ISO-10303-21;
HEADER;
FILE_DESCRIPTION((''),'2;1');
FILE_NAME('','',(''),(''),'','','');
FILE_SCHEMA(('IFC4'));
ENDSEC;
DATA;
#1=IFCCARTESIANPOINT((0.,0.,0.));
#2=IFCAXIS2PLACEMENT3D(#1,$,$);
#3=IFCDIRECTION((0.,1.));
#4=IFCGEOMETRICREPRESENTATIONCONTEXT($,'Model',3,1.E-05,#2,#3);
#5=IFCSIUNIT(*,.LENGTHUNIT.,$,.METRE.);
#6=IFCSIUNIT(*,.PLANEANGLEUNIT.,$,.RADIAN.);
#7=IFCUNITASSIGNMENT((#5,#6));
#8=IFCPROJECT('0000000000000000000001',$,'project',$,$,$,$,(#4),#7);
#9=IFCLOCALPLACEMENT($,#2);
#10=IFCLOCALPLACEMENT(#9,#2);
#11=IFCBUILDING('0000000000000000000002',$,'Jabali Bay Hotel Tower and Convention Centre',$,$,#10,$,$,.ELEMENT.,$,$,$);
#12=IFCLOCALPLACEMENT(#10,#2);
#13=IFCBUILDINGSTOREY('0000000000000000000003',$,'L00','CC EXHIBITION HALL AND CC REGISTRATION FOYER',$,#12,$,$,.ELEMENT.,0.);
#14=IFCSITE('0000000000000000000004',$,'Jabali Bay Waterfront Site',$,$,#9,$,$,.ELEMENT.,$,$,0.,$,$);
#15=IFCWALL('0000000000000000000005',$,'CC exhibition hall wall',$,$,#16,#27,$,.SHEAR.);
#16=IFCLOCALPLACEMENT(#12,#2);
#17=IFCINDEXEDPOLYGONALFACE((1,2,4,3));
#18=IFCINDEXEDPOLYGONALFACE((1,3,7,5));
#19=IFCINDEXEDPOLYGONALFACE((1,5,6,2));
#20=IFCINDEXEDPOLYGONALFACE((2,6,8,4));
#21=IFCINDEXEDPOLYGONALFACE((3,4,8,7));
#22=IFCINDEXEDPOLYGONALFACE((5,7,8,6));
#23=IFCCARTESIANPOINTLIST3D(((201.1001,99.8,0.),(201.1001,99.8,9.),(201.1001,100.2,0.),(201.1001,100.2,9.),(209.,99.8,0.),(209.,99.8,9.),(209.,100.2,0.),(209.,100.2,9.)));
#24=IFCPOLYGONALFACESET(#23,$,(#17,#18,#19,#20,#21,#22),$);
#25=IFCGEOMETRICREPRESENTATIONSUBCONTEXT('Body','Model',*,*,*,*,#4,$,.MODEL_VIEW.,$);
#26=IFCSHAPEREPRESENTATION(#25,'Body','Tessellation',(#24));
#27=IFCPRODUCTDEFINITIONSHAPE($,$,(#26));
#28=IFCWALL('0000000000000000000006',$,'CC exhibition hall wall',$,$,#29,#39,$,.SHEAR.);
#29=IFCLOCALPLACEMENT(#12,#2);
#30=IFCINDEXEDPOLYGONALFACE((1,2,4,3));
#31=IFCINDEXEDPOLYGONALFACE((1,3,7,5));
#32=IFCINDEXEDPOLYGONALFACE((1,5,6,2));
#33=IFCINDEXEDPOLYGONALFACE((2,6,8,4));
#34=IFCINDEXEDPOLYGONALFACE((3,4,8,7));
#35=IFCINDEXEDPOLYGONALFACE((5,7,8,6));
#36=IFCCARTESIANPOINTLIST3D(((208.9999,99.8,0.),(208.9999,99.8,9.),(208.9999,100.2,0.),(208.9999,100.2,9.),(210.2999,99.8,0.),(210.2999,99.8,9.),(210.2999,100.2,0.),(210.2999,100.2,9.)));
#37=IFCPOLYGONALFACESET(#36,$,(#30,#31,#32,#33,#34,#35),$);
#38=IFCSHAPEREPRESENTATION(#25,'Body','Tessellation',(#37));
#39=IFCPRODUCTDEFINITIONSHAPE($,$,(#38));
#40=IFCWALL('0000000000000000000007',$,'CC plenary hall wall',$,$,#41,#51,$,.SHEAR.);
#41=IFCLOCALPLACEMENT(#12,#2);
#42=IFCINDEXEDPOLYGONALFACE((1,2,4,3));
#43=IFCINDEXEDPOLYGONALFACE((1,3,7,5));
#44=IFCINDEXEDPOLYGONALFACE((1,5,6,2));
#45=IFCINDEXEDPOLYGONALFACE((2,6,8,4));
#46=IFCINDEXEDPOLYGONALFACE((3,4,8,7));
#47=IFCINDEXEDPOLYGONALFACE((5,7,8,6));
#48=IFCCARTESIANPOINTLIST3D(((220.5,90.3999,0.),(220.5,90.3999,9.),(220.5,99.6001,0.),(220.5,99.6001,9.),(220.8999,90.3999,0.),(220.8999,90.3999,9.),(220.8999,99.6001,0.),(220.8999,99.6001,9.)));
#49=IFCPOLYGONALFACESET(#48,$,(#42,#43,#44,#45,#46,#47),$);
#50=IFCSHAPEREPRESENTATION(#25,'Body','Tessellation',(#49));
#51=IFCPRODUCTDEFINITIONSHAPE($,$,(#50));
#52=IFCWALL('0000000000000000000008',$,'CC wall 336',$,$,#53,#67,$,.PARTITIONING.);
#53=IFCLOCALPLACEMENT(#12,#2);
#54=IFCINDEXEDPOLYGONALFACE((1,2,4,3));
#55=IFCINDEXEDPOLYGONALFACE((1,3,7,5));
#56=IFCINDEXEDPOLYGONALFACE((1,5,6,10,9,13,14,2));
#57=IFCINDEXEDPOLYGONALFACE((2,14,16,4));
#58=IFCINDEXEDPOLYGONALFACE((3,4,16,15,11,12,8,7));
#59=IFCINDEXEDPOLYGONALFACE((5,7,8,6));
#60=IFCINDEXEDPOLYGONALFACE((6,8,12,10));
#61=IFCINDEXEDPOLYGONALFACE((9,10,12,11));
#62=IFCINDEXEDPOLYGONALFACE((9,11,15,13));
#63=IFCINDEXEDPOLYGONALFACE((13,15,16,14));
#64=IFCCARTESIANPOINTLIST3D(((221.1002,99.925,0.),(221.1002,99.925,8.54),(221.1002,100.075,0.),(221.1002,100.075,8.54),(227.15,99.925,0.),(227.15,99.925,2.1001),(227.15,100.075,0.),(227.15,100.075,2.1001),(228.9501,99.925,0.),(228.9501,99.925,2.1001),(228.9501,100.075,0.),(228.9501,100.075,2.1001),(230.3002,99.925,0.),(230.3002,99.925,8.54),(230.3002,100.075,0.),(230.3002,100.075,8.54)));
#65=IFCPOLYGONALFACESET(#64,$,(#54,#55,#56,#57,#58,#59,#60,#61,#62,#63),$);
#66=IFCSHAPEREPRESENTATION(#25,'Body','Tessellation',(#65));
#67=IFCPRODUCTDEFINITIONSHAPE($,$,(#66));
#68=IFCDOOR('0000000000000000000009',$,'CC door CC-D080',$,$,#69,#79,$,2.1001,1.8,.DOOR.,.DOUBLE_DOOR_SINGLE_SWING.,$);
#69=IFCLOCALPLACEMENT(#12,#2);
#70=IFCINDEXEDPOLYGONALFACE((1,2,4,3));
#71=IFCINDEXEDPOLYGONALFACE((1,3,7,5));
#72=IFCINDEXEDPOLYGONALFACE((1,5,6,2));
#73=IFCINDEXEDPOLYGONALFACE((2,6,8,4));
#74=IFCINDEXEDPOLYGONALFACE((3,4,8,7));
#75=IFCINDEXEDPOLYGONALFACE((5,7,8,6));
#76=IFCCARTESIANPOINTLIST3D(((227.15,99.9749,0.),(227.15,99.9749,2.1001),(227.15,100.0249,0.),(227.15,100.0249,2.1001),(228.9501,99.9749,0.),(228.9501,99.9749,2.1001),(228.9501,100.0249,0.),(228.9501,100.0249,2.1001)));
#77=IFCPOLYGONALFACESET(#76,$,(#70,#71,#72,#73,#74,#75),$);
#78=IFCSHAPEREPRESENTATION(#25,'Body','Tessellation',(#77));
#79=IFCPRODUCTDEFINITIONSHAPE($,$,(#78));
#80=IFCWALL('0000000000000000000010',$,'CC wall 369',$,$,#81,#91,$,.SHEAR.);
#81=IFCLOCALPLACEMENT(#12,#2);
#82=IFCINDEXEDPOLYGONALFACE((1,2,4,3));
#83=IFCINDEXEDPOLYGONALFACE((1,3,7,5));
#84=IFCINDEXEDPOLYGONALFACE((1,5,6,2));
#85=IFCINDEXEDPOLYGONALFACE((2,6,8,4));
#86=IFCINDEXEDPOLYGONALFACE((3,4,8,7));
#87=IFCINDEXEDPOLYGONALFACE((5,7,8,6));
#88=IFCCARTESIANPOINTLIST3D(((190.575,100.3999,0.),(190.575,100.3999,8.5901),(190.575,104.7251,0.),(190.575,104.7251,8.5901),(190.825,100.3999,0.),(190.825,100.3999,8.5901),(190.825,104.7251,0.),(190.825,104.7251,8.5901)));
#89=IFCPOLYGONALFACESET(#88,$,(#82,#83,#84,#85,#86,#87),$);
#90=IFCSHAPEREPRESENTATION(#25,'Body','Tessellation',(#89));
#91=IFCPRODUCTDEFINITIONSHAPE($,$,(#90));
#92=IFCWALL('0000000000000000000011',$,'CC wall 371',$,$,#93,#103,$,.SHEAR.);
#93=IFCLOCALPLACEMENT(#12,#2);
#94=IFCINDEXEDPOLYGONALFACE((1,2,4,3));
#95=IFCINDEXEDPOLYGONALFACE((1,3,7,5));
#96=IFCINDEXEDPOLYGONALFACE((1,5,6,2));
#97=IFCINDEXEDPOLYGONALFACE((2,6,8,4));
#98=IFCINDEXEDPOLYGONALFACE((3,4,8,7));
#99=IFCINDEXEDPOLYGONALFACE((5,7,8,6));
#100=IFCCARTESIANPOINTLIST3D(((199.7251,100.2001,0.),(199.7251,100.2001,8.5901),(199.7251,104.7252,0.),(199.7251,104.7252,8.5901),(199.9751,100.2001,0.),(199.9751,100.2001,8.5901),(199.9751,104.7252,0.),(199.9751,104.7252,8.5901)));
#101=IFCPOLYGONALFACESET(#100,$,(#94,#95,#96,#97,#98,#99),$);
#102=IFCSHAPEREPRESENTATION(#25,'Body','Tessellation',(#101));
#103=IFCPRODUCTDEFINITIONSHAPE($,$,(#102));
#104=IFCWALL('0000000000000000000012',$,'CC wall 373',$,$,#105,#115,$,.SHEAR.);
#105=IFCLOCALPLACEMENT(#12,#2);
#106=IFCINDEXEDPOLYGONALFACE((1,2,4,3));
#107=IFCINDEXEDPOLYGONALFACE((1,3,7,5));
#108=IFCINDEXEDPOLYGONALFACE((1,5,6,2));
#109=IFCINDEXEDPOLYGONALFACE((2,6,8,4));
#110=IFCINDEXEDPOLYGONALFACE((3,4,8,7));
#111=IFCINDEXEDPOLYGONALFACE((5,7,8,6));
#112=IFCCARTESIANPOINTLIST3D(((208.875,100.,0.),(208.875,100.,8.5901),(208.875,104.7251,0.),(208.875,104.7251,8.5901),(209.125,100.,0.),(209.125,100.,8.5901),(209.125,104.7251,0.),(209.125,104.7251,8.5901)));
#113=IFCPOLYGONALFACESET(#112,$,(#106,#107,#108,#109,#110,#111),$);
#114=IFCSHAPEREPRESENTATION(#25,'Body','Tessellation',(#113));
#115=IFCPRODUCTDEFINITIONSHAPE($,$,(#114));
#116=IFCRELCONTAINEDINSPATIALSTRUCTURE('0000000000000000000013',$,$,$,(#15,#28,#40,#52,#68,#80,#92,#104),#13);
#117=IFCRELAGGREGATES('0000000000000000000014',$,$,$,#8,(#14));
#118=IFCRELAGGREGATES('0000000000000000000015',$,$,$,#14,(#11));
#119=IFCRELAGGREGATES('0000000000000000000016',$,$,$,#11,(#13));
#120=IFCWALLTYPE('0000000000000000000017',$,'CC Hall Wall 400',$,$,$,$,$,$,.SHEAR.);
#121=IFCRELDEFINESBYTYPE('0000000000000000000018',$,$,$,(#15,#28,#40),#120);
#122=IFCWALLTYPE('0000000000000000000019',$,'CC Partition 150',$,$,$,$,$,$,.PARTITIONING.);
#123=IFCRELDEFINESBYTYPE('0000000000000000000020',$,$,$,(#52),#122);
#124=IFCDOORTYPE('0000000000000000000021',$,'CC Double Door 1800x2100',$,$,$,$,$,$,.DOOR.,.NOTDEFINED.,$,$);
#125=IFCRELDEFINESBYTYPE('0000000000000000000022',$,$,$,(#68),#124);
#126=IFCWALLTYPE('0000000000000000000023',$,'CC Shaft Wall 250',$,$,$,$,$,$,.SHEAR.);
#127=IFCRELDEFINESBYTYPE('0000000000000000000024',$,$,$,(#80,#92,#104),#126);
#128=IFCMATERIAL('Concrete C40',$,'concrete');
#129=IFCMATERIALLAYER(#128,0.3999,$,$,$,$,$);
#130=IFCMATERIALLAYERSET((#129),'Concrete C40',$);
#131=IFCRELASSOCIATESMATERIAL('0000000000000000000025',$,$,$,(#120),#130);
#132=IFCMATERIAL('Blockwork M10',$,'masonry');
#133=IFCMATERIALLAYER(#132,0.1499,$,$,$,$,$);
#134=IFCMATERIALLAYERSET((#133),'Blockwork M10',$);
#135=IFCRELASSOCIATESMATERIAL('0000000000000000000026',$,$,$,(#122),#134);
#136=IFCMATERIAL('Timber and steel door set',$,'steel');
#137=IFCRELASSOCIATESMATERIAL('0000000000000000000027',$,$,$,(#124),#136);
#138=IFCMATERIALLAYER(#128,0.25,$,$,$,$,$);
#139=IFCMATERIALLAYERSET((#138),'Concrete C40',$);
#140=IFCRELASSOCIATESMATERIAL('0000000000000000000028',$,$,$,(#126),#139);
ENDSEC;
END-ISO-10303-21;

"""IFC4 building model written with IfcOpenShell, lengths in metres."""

from ifc_helpers import new_model, si_unit, direction, frame, frame_2d, origin, place, context, subcontext, project, spatial, rectangle, extrude, material, layer, layer_set, type_object, element, fill, save


model = new_model("IFC4")

# Units and contexts
model_context = context("Model", 3, precision=1e-05, world=origin(), true_north=direction((0.0, 1.0)))
body_context = subcontext(model_context, "Body", "Model", "MODEL_VIEW")
ifc_project = project(units=[si_unit("LENGTHUNIT", "METRE"), si_unit("PLANEANGLEUNIT", "RADIAN")], contexts=[model_context])

# Site, building, storey
site_placement = place(None, origin())
site = spatial("IfcSite", under=ifc_project, at=site_placement, Name="Jabali Bay Waterfront Site", CompositionType="ELEMENT", RefElevation=0.0)
building_placement = place(site_placement, origin())
building = spatial("IfcBuilding", under=site, at=building_placement, Name="Jabali Bay Hotel Tower and Convention Centre", CompositionType="ELEMENT")
storey_placement = place(building_placement, origin())
storey = spatial("IfcBuildingStorey", under=building, at=storey_placement, Name="L00", Description="CC EXHIBITION HALL AND CC REGISTRATION FOYER", CompositionType="ELEMENT", Elevation=0.0)

# Walls
ifc_material_1 = material(Name="Concrete C40", Category="concrete")
ifc_layer_1 = layer(ifc_material_1, 0.3999)
ifc_layer_set_1 = layer_set([ifc_layer_1], Name="Concrete C40")
wall_type_1 = type_object("IfcWallType", Name="CC Hall Wall 400", PredefinedType="SHEAR", material=ifc_layer_set_1)
wall_1_placement = place(storey_placement, frame((201.1001, 100.0, 0.0), z_axis=(0.0, 0.0, 1.0), x_axis=(1.0, 0.0, 0.0)))
element("IfcWall", 1, at=wall_1_placement, inside=storey, type_object=wall_type_1, Name="CC exhibition hall wall", PredefinedType="SHEAR", context=body_context, shape_type="SweptSolid", body=[
    extrude(rectangle(XDim=7.8999, YDim=0.3999, at=frame_2d((3.95, 0.0))), origin(), (0.0, 0.0, 1.0), 9.0),
])
wall_2_placement = place(storey_placement, frame((209.0, 100.0, 0.0), z_axis=(0.0, 0.0, 1.0), x_axis=(1.0, 0.0, 0.0)))
element("IfcWall", 2, at=wall_2_placement, inside=storey, type_object=wall_type_1, Name="CC exhibition hall wall", PredefinedType="SHEAR", context=body_context, shape_type="SweptSolid", body=[
    extrude(rectangle(XDim=1.3, YDim=0.3999, at=frame_2d((0.6499, 0.0))), origin(), (0.0, 0.0, 1.0), 9.0),
])

# Shared definitions
ifc_material_2 = material(Name="Timber and steel door set", Category="steel")

# Wall
wall_3_placement = place(storey_placement, frame((220.7, 90.3999, 0.0), z_axis=(0.0, 0.0, 1.0), x_axis=(0.0, 1.0, 0.0)))
element("IfcWall", 3, at=wall_3_placement, inside=storey, type_object=wall_type_1, Name="CC plenary hall wall", PredefinedType="SHEAR", context=body_context, shape_type="SweptSolid", body=[
    extrude(rectangle(XDim=9.2002, YDim=0.3999, at=frame_2d((4.6001, 0.0))), origin(), (0.0, 0.0, 1.0), 9.0),
])

# Wall, opening, door
ifc_material_3 = material(Name="Blockwork M10", Category="masonry")
ifc_layer_2 = layer(ifc_material_3, 0.1499)
ifc_layer_set_2 = layer_set([ifc_layer_2], Name="Blockwork M10")
wall_type_2 = type_object("IfcWallType", Name="CC Partition 150", PredefinedType="PARTITIONING", material=ifc_layer_set_2)
wall_4_placement = place(storey_placement, frame((221.1001, 100.0, 0.0), z_axis=(0.0, 0.0, 1.0), x_axis=(1.0, 0.0, 0.0)))
wall_4 = element("IfcWall", 4, at=wall_4_placement, inside=storey, type_object=wall_type_2, Name="CC wall 336", PredefinedType="PARTITIONING", context=body_context, shape_type="SweptSolid", body=[
    extrude(rectangle(XDim=9.2, YDim=0.1499, at=frame_2d((4.6001, 0.0))), origin(), (0.0, 0.0, 1.0), 8.54),
])
opening_1_placement = place(wall_4_placement, frame((6.05, 0.0, 0.0)))
opening_1 = element("IfcOpeningElement", 5, at=opening_1_placement, cuts=wall_4, PredefinedType="OPENING", context=body_context, shape_type="SweptSolid", body=[
    extrude(rectangle(XDim=1.8, YDim=2.1001, at=frame_2d((0.8999, 1.05))), frame((0.0, 0.0854, 0.0), z_axis=(0.0, -1.0, 0.0), x_axis=(1.0, 0.0, 0.0)), (0.0, 0.0, 1.0), 0.1709),
])
door_type_1 = type_object("IfcDoorType", Name="CC Double Door 1800x2100", OperationType="NOTDEFINED", PredefinedType="DOOR", material=ifc_material_2)
door_1_placement = place(opening_1_placement, origin())
door_1 = element("IfcDoor", 6, at=door_1_placement, inside=storey, type_object=door_type_1, Name="CC door CC-D080", OperationType="DOUBLE_DOOR_SINGLE_SWING", OverallHeight=2.1001, OverallWidth=1.8, PredefinedType="DOOR", context=body_context, shape_type="SweptSolid", body=[
    extrude(rectangle(XDim=1.8, YDim=2.1001, at=frame_2d((0.8999, 1.05))), frame((0.0, 0.0249, 0.0), z_axis=(0.0, -1.0, 0.0), x_axis=(1.0, 0.0, 0.0)), (0.0, 0.0, 1.0), 0.05),
])
fill(opening_1, door_1)

# Walls
ifc_layer_3 = layer(ifc_material_1, 0.25)
ifc_layer_set_3 = layer_set([ifc_layer_3], Name="Concrete C40")
wall_type_3 = type_object("IfcWallType", Name="CC Shaft Wall 250", PredefinedType="SHEAR", material=ifc_layer_set_3)
wall_5_placement = place(storey_placement, frame((190.7, 100.3999, 0.0), z_axis=(0.0, 0.0, 1.0), x_axis=(0.0, 1.0, 0.0)))
element("IfcWall", 7, at=wall_5_placement, inside=storey, type_object=wall_type_3, Name="CC wall 369", PredefinedType="SHEAR", context=body_context, shape_type="SweptSolid", body=[
    extrude(rectangle(XDim=4.3252, YDim=0.25, at=frame_2d((2.1626, 0.0))), origin(), (0.0, 0.0, 1.0), 8.5901),
])
wall_6_placement = place(storey_placement, frame((199.8501, 100.2, 0.0), z_axis=(0.0, 0.0, 1.0), x_axis=(0.0, 1.0, 0.0)))
element("IfcWall", 8, at=wall_6_placement, inside=storey, type_object=wall_type_3, Name="CC wall 371", PredefinedType="SHEAR", context=body_context, shape_type="SweptSolid", body=[
    extrude(rectangle(XDim=4.5251, YDim=0.25, at=frame_2d((2.2627, 0.0))), origin(), (0.0, 0.0, 1.0), 8.5901),
])
wall_7_placement = place(storey_placement, frame((209.0, 100.0, 0.0), z_axis=(0.0, 0.0, 1.0), x_axis=(0.0, 1.0, 0.0)))
element("IfcWall", 9, at=wall_7_placement, inside=storey, type_object=wall_type_3, Name="CC wall 373", PredefinedType="SHEAR", context=body_context, shape_type="SweptSolid", body=[
    extrude(rectangle(XDim=4.7251, YDim=0.25, at=frame_2d((2.3625, 0.0))), origin(), (0.0, 0.0, 1.0), 8.5901),
])

save(model, "model.ifc")
